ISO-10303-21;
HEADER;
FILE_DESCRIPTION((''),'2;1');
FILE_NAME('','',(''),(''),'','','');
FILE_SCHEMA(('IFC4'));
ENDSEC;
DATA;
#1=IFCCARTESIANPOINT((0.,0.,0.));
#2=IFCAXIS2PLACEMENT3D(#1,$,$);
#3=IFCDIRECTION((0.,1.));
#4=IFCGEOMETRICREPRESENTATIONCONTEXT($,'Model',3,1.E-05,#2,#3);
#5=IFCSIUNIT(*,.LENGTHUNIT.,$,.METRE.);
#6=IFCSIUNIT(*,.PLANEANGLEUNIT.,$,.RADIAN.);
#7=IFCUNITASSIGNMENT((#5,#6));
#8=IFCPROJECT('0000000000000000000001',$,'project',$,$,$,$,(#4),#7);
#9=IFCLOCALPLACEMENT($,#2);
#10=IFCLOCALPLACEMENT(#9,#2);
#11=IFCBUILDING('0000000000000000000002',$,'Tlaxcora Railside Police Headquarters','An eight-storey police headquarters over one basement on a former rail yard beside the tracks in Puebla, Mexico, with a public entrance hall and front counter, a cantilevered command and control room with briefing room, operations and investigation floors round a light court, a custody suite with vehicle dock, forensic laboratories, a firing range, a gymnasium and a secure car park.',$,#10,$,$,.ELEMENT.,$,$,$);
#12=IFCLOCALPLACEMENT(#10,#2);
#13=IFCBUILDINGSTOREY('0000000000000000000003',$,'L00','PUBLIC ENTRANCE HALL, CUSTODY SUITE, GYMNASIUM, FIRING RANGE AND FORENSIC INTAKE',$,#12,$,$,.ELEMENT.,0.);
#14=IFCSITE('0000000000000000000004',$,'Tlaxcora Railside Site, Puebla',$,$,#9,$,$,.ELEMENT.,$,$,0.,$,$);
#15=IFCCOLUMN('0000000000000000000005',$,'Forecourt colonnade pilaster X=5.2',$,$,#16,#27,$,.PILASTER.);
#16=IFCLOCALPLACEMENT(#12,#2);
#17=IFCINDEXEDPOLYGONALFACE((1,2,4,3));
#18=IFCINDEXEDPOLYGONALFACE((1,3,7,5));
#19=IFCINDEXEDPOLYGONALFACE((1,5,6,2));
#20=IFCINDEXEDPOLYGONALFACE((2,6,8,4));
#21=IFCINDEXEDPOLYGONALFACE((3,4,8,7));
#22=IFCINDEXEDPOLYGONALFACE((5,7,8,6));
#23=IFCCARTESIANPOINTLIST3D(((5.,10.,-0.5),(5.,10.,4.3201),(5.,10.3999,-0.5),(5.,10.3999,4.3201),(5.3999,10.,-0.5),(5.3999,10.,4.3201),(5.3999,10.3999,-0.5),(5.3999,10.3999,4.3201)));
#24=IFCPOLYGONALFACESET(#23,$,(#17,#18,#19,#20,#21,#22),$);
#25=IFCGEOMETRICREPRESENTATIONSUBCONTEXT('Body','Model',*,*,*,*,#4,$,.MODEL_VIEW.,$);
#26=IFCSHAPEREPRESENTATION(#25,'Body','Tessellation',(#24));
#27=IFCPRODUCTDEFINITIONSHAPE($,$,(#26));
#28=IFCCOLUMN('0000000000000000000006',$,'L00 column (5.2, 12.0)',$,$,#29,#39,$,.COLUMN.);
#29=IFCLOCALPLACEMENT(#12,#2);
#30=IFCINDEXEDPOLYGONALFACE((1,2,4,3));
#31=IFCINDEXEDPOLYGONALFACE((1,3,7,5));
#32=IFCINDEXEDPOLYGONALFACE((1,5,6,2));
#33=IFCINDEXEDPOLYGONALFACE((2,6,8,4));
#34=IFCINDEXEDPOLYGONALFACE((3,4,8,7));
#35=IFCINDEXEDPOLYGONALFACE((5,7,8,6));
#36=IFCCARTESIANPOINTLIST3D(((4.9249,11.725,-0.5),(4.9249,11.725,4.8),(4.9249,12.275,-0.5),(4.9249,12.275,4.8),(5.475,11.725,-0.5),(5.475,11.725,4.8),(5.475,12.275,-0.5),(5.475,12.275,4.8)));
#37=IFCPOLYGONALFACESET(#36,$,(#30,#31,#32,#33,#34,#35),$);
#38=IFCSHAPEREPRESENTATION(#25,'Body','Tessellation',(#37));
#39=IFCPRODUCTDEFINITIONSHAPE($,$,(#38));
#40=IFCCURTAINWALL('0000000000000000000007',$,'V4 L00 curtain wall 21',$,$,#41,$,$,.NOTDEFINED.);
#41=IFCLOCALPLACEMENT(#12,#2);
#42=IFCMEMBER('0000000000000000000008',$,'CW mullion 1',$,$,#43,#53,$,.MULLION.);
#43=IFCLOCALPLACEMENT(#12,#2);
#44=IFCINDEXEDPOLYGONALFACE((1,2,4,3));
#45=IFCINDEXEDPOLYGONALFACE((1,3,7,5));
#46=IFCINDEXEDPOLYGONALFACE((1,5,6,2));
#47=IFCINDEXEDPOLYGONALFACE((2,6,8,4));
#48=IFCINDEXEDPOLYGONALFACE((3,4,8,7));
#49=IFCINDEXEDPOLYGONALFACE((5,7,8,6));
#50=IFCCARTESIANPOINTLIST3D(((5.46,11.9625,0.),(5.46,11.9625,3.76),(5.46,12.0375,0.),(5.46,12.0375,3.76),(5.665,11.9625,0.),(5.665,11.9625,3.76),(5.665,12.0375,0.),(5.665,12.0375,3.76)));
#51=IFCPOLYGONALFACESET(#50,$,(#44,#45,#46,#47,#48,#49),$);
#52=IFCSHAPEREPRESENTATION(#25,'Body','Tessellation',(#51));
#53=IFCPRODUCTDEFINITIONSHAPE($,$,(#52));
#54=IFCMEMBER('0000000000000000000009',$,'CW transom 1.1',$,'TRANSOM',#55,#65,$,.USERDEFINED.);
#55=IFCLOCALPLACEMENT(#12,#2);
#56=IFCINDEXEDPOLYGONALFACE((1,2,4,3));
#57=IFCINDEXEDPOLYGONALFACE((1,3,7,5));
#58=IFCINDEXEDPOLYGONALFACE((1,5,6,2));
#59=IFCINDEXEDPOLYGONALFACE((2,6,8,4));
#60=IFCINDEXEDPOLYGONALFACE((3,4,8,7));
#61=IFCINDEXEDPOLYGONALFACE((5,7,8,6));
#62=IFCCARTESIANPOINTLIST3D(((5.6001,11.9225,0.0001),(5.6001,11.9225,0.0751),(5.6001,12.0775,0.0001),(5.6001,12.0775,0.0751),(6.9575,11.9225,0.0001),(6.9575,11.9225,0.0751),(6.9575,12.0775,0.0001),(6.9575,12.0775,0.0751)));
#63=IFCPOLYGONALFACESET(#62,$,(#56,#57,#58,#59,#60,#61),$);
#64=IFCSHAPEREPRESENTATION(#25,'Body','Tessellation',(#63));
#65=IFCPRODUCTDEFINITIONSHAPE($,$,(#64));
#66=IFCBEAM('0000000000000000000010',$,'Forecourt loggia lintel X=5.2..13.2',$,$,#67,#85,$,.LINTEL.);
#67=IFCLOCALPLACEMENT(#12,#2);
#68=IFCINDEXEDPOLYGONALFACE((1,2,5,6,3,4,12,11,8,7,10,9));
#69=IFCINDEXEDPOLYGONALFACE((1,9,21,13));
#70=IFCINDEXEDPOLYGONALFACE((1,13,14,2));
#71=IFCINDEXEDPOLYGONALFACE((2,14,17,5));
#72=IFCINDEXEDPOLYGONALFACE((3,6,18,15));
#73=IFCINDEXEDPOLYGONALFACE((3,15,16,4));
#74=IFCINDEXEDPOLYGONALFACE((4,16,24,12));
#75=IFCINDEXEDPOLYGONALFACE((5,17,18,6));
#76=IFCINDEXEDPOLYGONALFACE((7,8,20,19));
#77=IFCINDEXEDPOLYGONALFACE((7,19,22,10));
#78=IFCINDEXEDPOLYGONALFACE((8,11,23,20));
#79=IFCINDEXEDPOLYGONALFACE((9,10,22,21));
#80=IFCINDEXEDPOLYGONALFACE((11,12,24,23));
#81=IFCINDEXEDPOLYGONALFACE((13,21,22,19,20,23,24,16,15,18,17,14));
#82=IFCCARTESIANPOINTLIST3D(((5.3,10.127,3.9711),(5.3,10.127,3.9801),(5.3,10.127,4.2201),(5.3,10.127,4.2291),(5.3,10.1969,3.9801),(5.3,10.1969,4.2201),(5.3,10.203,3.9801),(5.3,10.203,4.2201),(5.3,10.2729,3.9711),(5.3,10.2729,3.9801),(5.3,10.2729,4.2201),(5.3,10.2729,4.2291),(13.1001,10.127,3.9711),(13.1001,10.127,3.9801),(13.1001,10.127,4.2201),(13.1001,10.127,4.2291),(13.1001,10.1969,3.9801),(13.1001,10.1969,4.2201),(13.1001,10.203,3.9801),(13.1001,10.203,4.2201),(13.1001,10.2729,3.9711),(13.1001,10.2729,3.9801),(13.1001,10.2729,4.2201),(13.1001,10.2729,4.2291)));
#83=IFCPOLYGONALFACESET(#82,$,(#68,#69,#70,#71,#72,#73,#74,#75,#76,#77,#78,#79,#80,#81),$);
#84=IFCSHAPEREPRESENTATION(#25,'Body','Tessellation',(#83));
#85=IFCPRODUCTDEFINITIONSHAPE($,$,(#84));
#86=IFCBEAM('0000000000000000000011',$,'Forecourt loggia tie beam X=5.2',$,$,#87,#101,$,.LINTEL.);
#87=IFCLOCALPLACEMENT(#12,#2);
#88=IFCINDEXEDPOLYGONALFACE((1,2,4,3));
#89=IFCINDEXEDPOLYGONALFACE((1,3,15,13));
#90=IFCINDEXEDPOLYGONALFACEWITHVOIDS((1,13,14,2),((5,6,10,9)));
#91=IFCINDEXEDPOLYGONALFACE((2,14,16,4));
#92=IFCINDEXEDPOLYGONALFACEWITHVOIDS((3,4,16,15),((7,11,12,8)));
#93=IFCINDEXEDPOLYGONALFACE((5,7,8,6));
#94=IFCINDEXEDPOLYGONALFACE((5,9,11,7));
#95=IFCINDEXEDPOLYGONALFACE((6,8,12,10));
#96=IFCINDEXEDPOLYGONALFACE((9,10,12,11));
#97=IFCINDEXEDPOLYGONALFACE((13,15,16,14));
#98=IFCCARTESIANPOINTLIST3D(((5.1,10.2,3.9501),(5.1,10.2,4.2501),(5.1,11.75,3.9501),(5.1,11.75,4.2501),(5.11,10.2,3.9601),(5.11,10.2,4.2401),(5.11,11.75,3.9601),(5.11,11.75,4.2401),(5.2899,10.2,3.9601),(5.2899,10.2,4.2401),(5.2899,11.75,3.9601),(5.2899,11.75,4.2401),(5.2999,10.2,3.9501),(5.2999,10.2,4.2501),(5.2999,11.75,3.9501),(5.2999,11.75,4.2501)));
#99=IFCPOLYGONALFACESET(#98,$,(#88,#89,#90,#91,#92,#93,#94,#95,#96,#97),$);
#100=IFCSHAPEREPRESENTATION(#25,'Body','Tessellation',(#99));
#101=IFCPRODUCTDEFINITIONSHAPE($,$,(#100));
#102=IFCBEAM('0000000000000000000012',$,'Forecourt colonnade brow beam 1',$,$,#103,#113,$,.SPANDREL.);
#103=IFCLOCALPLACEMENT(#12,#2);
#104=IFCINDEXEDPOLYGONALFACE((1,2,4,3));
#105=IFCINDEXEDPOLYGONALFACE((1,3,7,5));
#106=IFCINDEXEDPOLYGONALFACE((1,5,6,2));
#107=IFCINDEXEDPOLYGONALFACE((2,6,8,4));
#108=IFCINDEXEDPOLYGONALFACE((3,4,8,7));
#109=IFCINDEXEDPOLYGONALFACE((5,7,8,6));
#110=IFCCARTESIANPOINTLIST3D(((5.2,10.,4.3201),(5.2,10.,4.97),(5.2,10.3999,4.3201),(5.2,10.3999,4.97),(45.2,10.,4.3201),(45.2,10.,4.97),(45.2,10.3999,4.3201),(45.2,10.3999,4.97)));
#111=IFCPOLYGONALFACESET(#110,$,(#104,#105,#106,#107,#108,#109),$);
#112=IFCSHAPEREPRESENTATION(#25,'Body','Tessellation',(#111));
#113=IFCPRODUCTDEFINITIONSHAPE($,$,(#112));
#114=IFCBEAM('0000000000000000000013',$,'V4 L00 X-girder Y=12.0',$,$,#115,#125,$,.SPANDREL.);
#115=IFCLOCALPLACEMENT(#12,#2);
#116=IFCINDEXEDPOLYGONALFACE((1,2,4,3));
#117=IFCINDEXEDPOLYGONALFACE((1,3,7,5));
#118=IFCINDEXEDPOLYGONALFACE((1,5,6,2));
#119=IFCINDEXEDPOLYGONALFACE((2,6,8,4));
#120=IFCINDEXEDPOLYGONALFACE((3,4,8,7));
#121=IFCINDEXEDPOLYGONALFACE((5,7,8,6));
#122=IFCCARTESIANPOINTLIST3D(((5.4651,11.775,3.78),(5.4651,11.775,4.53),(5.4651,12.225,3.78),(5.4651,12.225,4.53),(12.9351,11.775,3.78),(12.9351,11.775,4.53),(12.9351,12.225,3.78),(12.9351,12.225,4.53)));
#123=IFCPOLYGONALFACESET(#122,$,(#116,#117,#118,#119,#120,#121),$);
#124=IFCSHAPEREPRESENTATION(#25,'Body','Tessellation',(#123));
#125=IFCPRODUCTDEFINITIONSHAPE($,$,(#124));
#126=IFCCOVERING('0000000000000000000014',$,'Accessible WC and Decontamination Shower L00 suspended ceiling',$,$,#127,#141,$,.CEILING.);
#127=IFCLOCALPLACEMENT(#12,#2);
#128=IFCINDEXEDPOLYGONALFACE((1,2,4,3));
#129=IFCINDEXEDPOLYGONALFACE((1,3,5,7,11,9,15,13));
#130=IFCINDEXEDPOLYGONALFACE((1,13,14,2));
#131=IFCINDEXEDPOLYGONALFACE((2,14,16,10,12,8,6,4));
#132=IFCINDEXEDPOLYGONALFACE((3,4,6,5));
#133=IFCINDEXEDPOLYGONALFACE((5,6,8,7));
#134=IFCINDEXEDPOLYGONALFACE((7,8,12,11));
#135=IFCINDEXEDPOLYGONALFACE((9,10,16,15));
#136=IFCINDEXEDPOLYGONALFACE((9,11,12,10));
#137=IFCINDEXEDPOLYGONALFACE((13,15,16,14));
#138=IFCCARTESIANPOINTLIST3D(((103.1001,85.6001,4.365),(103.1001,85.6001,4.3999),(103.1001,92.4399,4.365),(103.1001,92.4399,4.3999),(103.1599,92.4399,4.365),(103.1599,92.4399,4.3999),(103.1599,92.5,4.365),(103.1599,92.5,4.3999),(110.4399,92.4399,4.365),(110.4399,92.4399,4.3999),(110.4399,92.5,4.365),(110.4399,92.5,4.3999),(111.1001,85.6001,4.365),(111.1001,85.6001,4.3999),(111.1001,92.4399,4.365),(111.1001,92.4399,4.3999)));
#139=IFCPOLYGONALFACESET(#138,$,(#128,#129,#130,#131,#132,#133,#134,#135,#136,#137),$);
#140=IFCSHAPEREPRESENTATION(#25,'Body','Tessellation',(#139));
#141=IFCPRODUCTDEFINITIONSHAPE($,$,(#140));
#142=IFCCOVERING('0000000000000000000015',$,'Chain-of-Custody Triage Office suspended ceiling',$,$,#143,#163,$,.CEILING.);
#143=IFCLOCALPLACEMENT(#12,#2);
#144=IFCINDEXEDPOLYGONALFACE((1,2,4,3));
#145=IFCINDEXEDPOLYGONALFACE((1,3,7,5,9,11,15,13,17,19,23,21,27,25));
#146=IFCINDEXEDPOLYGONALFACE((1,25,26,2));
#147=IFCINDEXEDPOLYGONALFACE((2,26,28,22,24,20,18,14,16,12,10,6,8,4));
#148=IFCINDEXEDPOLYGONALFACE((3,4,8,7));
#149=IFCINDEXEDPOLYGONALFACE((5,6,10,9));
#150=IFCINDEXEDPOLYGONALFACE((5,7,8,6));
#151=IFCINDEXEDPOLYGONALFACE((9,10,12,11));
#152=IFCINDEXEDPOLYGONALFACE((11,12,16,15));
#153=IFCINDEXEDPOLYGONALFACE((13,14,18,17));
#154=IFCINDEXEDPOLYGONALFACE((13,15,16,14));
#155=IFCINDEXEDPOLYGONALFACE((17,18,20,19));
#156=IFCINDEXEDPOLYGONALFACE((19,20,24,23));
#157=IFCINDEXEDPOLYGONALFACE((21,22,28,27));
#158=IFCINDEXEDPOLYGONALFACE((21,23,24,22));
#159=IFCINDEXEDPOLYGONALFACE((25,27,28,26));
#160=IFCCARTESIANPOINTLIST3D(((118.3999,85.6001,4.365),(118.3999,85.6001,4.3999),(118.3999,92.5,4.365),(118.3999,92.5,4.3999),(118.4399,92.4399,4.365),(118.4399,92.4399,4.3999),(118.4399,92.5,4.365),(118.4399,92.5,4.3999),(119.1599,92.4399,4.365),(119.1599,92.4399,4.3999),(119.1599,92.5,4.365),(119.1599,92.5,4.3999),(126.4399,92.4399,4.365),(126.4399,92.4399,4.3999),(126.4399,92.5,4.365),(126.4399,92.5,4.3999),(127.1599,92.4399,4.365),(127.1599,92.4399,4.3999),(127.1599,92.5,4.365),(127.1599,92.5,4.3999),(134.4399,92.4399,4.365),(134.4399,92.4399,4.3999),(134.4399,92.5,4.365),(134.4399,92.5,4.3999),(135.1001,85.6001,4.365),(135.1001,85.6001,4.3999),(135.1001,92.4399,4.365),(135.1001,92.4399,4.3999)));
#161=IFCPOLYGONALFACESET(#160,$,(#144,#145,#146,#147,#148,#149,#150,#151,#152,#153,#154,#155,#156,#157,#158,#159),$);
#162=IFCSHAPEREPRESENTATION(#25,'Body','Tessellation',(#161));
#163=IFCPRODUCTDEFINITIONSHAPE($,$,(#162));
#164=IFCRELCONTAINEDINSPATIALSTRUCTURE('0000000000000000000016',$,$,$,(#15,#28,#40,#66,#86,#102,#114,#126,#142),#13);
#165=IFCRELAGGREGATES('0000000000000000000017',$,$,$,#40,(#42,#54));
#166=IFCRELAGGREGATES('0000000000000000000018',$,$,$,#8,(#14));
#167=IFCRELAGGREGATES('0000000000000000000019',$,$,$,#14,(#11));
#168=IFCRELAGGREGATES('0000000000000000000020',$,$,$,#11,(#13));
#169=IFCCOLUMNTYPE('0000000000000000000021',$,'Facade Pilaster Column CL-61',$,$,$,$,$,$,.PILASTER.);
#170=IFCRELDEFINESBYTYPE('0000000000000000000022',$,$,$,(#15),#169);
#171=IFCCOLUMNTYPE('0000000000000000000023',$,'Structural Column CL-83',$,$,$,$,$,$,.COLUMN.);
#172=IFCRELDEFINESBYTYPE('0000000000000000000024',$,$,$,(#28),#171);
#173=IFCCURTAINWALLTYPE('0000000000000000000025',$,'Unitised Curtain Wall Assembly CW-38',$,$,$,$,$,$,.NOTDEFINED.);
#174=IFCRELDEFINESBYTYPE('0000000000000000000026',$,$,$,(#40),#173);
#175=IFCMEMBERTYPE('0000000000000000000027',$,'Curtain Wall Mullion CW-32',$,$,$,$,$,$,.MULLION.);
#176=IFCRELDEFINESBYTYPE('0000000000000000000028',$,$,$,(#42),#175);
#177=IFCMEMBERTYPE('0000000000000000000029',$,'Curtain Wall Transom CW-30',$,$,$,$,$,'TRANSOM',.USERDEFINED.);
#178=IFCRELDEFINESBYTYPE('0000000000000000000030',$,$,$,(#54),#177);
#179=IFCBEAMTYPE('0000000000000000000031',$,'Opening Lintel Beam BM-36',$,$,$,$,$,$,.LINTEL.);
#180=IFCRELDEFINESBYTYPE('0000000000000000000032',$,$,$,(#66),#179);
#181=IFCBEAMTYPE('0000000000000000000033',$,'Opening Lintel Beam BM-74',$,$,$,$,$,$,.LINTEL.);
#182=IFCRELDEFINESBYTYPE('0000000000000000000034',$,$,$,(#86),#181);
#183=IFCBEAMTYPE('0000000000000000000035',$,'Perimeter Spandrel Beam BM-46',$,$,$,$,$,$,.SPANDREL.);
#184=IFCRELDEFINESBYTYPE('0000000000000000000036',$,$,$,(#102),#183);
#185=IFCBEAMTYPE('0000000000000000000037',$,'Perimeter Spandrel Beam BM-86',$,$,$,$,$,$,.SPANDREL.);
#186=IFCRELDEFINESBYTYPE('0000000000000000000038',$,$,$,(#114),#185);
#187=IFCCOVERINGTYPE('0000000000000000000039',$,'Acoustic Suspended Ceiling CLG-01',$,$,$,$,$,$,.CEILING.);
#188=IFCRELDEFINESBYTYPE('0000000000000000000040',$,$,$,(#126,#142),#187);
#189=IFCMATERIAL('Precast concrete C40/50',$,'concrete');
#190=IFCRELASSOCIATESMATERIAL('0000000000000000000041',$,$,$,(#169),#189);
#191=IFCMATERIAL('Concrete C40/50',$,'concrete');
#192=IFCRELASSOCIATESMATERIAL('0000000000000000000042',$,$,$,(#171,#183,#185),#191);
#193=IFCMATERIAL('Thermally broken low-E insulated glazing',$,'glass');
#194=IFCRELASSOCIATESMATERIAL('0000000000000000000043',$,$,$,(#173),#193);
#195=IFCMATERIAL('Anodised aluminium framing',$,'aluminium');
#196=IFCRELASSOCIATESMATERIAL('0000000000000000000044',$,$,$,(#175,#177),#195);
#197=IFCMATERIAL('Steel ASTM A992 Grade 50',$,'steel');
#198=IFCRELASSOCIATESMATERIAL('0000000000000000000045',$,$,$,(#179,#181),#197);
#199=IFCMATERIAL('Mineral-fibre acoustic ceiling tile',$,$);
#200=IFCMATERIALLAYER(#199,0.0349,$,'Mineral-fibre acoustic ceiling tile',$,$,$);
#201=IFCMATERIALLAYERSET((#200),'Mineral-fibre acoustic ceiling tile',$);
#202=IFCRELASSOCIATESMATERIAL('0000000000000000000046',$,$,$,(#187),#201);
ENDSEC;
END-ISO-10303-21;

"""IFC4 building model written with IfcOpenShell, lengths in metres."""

from ifc_helpers import new_model, si_unit, direction, frame, origin, origin_2d, place, context, subcontext, project, spatial, polyline, rectangle, hollow_rectangle, i_section, outline, extrude, material, layer, layer_set, material_profile, profile_set, type_object, element, aggregate, save


model = new_model("IFC4")

# Units and contexts
model_context = context("Model", 3, precision=1e-05, world=origin(), true_north=direction((0.0, 1.0)))
body_context = subcontext(model_context, "Body", "Model", "MODEL_VIEW")
ifc_project = project(units=[si_unit("LENGTHUNIT", "METRE"), si_unit("PLANEANGLEUNIT", "RADIAN")], contexts=[model_context])

# Site, building, storey
site_placement = place(None, origin())
site = spatial("IfcSite", under=ifc_project, at=site_placement, Name="Tlaxcora Railside Site, Puebla", CompositionType="ELEMENT", RefElevation=0.0)
building_placement = place(site_placement, origin())
building = spatial("IfcBuilding", under=site, at=building_placement, Name="Tlaxcora Railside Police Headquarters", Description="An eight-storey police headquarters over one basement on a former rail yard beside the tracks in Puebla, Mexico, with a public entrance hall and front counter, a cantilevered command and control room with briefing room, operations and investigation floors round a light court, a custody suite with vehicle dock, forensic laboratories, a firing range, a gymnasium and a secure car park.", CompositionType="ELEMENT")
storey_placement = place(building_placement, origin())
storey = spatial("IfcBuildingStorey", under=building, at=storey_placement, Name="L00", Description="PUBLIC ENTRANCE HALL, CUSTODY SUITE, GYMNASIUM, FIRING RANGE AND FORENSIC INTAKE", CompositionType="ELEMENT", Elevation=0.0)

# Columns
ifc_material_1 = material(Name="Precast concrete C40/50", Category="concrete")
ifc_material_profile_1 = material_profile(ifc_material_1, rectangle(XDim=0.3999, YDim=0.3999, at=origin_2d()), Name="RC400X400")
ifc_profile_set_1 = profile_set([ifc_material_profile_1], Name="Precast concrete C40/50")
column_type_1 = type_object("IfcColumnType", Name="Facade Pilaster Column CL-61", PredefinedType="PILASTER", material=ifc_profile_set_1)
column_1_placement = place(storey_placement, frame((5.2, 10.2, -0.5), z_axis=(0.0, 0.0, 1.0), x_axis=(1.0, 0.0, 0.0)))
element("IfcColumn", 1, at=column_1_placement, inside=storey, type_object=column_type_1, Name="Forecourt colonnade pilaster X=5.2", PredefinedType="PILASTER", context=body_context, shape_type="SweptSolid", body=[
    extrude(rectangle(XDim=0.3999, YDim=0.3999, at=origin_2d()), origin(), (0.0, 0.0, 1.0), 4.8201),
])
ifc_material_2 = material(Name="Concrete C40/50", Category="concrete")
ifc_material_profile_2 = material_profile(ifc_material_2, rectangle(XDim=0.55, YDim=0.55, at=origin_2d()), Name="RC550X550")
ifc_profile_set_2 = profile_set([ifc_material_profile_2], Name="Concrete C40/50")
column_type_2 = type_object("IfcColumnType", Name="Structural Column CL-83", PredefinedType="COLUMN", material=ifc_profile_set_2)
column_2_placement = place(storey_placement, frame((5.2, 12.0, -0.5), z_axis=(0.0, 0.0, 1.0), x_axis=(1.0, 0.0, 0.0)))
element("IfcColumn", 2, at=column_2_placement, inside=storey, type_object=column_type_2, Name="L00 column (5.2, 12.0)", PredefinedType="COLUMN", context=body_context, shape_type="SweptSolid", body=[
    extrude(rectangle(XDim=0.55, YDim=0.55, at=origin_2d()), origin(), (0.0, 0.0, 1.0), 5.3),
])

# Curtain wall, members
ifc_material_3 = material(Name="Thermally broken low-E insulated glazing", Category="glass")
curtain_wall_type = type_object("IfcCurtainWallType", Name="Unitised Curtain Wall Assembly CW-38", PredefinedType="NOTDEFINED", material=ifc_material_3)
curtain_wall_placement = place(storey_placement, origin())
curtain_wall = element("IfcCurtainWall", 3, at=curtain_wall_placement, inside=storey, type_object=curtain_wall_type, Name="V4 L00 curtain wall 21", PredefinedType="NOTDEFINED")
ifc_material_4 = material(Name="Anodised aluminium framing", Category="aluminium")
ifc_material_profile_3 = material_profile(ifc_material_4, rectangle(XDim=0.075, YDim=0.2051, at=origin_2d()), Name="AL75X205")
ifc_profile_set_3 = profile_set([ifc_material_profile_3], Name="Anodised aluminium framing")
member_type_1 = type_object("IfcMemberType", Name="Curtain Wall Mullion CW-32", PredefinedType="MULLION", material=ifc_profile_set_3)
member_1_placement = place(storey_placement, frame((5.5625, 12.0, 0.0), z_axis=(0.0, 0.0, 1.0), x_axis=(0.0, 1.0, 0.0)))
member_1 = element("IfcMember", 4, at=member_1_placement, type_object=member_type_1, Name="CW mullion 1", PredefinedType="MULLION", context=body_context, shape_type="SweptSolid", body=[
    extrude(rectangle(XDim=0.075, YDim=0.2051, at=origin_2d()), origin(), (0.0, 0.0, 1.0), 3.76),
])
ifc_material_profile_4 = material_profile(ifc_material_4, rectangle(XDim=0.155, YDim=0.075, at=origin_2d()), Name="AL75X155")
ifc_profile_set_4 = profile_set([ifc_material_profile_4], Name="Anodised aluminium framing")
member_type_2 = type_object("IfcMemberType", Name="Curtain Wall Transom CW-30", ElementType="TRANSOM", PredefinedType="USERDEFINED", material=ifc_profile_set_4)
member_2_placement = place(storey_placement, frame((5.6001, 12.0, 0.0376), z_axis=(1.0, 0.0, 0.0), x_axis=(0.0, 1.0, 0.0)))
member_2 = element("IfcMember", 5, at=member_2_placement, type_object=member_type_2, Name="CW transom 1.1", ObjectType="TRANSOM", PredefinedType="USERDEFINED", context=body_context, shape_type="SweptSolid", body=[
    extrude(rectangle(XDim=0.155, YDim=0.075, at=origin_2d()), origin(), (0.0, 0.0, 1.0), 1.3574),
])
aggregate(curtain_wall, [member_1, member_2])

# Beams
ifc_material_5 = material(Name="Steel ASTM A992 Grade 50", Category="steel")
ifc_material_profile_5 = material_profile(ifc_material_5, i_section(OverallWidth=0.146, OverallDepth=0.2581, WebThickness=0.0061, FlangeThickness=0.009, at=origin_2d()), Name="W10X22")
ifc_profile_set_5 = profile_set([ifc_material_profile_5], Name="Steel ASTM A992 Grade 50")
beam_type_1 = type_object("IfcBeamType", Name="Opening Lintel Beam BM-36", PredefinedType="LINTEL", material=ifc_profile_set_5)
beam_1_placement = place(storey_placement, frame((5.3, 10.2, 4.1001), z_axis=(1.0, 0.0, 0.0), x_axis=(0.0, 1.0, 0.0)))
element("IfcBeam", 6, at=beam_1_placement, inside=storey, type_object=beam_type_1, Name="Forecourt loggia lintel X=5.2..13.2", PredefinedType="LINTEL", context=body_context, shape_type="SweptSolid", body=[
    extrude(i_section(OverallWidth=0.146, OverallDepth=0.2581, WebThickness=0.0061, FlangeThickness=0.009, at=origin_2d()), origin(), (0.0, 0.0, 1.0), 7.8),
])
ifc_material_profile_6 = material_profile(ifc_material_5, hollow_rectangle(XDim=0.2, YDim=0.3, WallThickness=0.01, at=origin_2d()), Name="HSS300X200X10")
ifc_profile_set_6 = profile_set([ifc_material_profile_6], Name="Steel ASTM A992 Grade 50")
beam_type_2 = type_object("IfcBeamType", Name="Opening Lintel Beam BM-74", PredefinedType="LINTEL", material=ifc_profile_set_6)
beam_2_placement = place(storey_placement, frame((5.2, 10.2, 4.1001), z_axis=(0.0, 1.0, 0.0), x_axis=(-1.0, 0.0, 0.0)))
element("IfcBeam", 7, at=beam_2_placement, inside=storey, type_object=beam_type_2, Name="Forecourt loggia tie beam X=5.2", PredefinedType="LINTEL", context=body_context, shape_type="SweptSolid", body=[
    extrude(hollow_rectangle(XDim=0.2, YDim=0.3, WallThickness=0.01, at=origin_2d()), origin(), (0.0, 0.0, 1.0), 1.55),
])
ifc_material_profile_7 = material_profile(ifc_material_2, rectangle(XDim=0.3999, YDim=0.6499, at=origin_2d()), Name="RC400X650")
ifc_profile_set_7 = profile_set([ifc_material_profile_7], Name="Concrete C40/50")
beam_type_3 = type_object("IfcBeamType", Name="Perimeter Spandrel Beam BM-46", PredefinedType="SPANDREL", material=ifc_profile_set_7)
beam_3_placement = place(storey_placement, frame((5.2, 10.2, 4.645), z_axis=(1.0, 0.0, 0.0), x_axis=(0.0, 1.0, 0.0)))
element("IfcBeam", 8, at=beam_3_placement, inside=storey, type_object=beam_type_3, Name="Forecourt colonnade brow beam 1", PredefinedType="SPANDREL", context=body_context, shape_type="SweptSolid", body=[
    extrude(rectangle(XDim=0.3999, YDim=0.6499, at=origin_2d()), origin(), (0.0, 0.0, 1.0), 40.0),
])
ifc_material_profile_8 = material_profile(ifc_material_2, rectangle(XDim=0.45, YDim=0.75, at=origin_2d()), Name="RC450X750")
ifc_profile_set_8 = profile_set([ifc_material_profile_8], Name="Concrete C40/50")
beam_type_4 = type_object("IfcBeamType", Name="Perimeter Spandrel Beam BM-86", PredefinedType="SPANDREL", material=ifc_profile_set_8)
beam_4_placement = place(storey_placement, frame((5.4651, 12.0, 4.155), z_axis=(1.0, 0.0, 0.0), x_axis=(0.0, 1.0, 0.0)))
element("IfcBeam", 9, at=beam_4_placement, inside=storey, type_object=beam_type_4, Name="V4 L00 X-girder Y=12.0", PredefinedType="SPANDREL", context=body_context, shape_type="SweptSolid", body=[
    extrude(rectangle(XDim=0.45, YDim=0.75, at=origin_2d()), origin(), (0.0, 0.0, 1.0), 7.47),
])

# Coverings
ifc_material_6 = material(Name="Mineral-fibre acoustic ceiling tile")
ifc_layer_1 = layer(ifc_material_6, 0.0349, Name="Mineral-fibre acoustic ceiling tile")
ifc_layer_set_1 = layer_set([ifc_layer_1], Name="Mineral-fibre acoustic ceiling tile")
covering_type_1 = type_object("IfcCoveringType", Name="Acoustic Suspended Ceiling CLG-01", PredefinedType="CEILING", material=ifc_layer_set_1)
covering_1_placement = place(storey_placement, frame((0.0, 0.0, 4.365)))
element("IfcCovering", 10, at=covering_1_placement, inside=storey, type_object=covering_type_1, Name="Accessible WC and Decontamination Shower L00 suspended ceiling", PredefinedType="CEILING", context=body_context, shape_type="SweptSolid", body=[
    extrude(outline(polyline([(103.1001, 92.4399), (103.1001, 85.6001), (111.1001, 85.6001), (111.1001, 92.4399), (110.4399, 92.4399), (110.4399, 92.5), (103.1599, 92.5), (103.1599, 92.4399), (103.1001, 92.4399)])), origin(), (0.0, 0.0, 1.0), 0.0349),
])
covering_2_placement = place(storey_placement, frame((0.0, 0.0, 4.365)))
element("IfcCovering", 11, at=covering_2_placement, inside=storey, type_object=covering_type_1, Name="Chain-of-Custody Triage Office suspended ceiling", PredefinedType="CEILING", context=body_context, shape_type="SweptSolid", body=[
    extrude(outline(polyline([(118.4399, 92.5), (118.3999, 92.5), (118.3999, 85.6001), (135.1001, 85.6001), (135.1001, 92.4399), (134.4399, 92.4399), (134.4399, 92.5), (127.1599, 92.5), (127.1599, 92.4399), (126.4399, 92.4399), (126.4399, 92.5), (119.1599, 92.5), (119.1599, 92.4399), (118.4399, 92.4399), (118.4399, 92.5)])), origin(), (0.0, 0.0, 1.0), 0.0349),
])

save(model, "model.ifc")
